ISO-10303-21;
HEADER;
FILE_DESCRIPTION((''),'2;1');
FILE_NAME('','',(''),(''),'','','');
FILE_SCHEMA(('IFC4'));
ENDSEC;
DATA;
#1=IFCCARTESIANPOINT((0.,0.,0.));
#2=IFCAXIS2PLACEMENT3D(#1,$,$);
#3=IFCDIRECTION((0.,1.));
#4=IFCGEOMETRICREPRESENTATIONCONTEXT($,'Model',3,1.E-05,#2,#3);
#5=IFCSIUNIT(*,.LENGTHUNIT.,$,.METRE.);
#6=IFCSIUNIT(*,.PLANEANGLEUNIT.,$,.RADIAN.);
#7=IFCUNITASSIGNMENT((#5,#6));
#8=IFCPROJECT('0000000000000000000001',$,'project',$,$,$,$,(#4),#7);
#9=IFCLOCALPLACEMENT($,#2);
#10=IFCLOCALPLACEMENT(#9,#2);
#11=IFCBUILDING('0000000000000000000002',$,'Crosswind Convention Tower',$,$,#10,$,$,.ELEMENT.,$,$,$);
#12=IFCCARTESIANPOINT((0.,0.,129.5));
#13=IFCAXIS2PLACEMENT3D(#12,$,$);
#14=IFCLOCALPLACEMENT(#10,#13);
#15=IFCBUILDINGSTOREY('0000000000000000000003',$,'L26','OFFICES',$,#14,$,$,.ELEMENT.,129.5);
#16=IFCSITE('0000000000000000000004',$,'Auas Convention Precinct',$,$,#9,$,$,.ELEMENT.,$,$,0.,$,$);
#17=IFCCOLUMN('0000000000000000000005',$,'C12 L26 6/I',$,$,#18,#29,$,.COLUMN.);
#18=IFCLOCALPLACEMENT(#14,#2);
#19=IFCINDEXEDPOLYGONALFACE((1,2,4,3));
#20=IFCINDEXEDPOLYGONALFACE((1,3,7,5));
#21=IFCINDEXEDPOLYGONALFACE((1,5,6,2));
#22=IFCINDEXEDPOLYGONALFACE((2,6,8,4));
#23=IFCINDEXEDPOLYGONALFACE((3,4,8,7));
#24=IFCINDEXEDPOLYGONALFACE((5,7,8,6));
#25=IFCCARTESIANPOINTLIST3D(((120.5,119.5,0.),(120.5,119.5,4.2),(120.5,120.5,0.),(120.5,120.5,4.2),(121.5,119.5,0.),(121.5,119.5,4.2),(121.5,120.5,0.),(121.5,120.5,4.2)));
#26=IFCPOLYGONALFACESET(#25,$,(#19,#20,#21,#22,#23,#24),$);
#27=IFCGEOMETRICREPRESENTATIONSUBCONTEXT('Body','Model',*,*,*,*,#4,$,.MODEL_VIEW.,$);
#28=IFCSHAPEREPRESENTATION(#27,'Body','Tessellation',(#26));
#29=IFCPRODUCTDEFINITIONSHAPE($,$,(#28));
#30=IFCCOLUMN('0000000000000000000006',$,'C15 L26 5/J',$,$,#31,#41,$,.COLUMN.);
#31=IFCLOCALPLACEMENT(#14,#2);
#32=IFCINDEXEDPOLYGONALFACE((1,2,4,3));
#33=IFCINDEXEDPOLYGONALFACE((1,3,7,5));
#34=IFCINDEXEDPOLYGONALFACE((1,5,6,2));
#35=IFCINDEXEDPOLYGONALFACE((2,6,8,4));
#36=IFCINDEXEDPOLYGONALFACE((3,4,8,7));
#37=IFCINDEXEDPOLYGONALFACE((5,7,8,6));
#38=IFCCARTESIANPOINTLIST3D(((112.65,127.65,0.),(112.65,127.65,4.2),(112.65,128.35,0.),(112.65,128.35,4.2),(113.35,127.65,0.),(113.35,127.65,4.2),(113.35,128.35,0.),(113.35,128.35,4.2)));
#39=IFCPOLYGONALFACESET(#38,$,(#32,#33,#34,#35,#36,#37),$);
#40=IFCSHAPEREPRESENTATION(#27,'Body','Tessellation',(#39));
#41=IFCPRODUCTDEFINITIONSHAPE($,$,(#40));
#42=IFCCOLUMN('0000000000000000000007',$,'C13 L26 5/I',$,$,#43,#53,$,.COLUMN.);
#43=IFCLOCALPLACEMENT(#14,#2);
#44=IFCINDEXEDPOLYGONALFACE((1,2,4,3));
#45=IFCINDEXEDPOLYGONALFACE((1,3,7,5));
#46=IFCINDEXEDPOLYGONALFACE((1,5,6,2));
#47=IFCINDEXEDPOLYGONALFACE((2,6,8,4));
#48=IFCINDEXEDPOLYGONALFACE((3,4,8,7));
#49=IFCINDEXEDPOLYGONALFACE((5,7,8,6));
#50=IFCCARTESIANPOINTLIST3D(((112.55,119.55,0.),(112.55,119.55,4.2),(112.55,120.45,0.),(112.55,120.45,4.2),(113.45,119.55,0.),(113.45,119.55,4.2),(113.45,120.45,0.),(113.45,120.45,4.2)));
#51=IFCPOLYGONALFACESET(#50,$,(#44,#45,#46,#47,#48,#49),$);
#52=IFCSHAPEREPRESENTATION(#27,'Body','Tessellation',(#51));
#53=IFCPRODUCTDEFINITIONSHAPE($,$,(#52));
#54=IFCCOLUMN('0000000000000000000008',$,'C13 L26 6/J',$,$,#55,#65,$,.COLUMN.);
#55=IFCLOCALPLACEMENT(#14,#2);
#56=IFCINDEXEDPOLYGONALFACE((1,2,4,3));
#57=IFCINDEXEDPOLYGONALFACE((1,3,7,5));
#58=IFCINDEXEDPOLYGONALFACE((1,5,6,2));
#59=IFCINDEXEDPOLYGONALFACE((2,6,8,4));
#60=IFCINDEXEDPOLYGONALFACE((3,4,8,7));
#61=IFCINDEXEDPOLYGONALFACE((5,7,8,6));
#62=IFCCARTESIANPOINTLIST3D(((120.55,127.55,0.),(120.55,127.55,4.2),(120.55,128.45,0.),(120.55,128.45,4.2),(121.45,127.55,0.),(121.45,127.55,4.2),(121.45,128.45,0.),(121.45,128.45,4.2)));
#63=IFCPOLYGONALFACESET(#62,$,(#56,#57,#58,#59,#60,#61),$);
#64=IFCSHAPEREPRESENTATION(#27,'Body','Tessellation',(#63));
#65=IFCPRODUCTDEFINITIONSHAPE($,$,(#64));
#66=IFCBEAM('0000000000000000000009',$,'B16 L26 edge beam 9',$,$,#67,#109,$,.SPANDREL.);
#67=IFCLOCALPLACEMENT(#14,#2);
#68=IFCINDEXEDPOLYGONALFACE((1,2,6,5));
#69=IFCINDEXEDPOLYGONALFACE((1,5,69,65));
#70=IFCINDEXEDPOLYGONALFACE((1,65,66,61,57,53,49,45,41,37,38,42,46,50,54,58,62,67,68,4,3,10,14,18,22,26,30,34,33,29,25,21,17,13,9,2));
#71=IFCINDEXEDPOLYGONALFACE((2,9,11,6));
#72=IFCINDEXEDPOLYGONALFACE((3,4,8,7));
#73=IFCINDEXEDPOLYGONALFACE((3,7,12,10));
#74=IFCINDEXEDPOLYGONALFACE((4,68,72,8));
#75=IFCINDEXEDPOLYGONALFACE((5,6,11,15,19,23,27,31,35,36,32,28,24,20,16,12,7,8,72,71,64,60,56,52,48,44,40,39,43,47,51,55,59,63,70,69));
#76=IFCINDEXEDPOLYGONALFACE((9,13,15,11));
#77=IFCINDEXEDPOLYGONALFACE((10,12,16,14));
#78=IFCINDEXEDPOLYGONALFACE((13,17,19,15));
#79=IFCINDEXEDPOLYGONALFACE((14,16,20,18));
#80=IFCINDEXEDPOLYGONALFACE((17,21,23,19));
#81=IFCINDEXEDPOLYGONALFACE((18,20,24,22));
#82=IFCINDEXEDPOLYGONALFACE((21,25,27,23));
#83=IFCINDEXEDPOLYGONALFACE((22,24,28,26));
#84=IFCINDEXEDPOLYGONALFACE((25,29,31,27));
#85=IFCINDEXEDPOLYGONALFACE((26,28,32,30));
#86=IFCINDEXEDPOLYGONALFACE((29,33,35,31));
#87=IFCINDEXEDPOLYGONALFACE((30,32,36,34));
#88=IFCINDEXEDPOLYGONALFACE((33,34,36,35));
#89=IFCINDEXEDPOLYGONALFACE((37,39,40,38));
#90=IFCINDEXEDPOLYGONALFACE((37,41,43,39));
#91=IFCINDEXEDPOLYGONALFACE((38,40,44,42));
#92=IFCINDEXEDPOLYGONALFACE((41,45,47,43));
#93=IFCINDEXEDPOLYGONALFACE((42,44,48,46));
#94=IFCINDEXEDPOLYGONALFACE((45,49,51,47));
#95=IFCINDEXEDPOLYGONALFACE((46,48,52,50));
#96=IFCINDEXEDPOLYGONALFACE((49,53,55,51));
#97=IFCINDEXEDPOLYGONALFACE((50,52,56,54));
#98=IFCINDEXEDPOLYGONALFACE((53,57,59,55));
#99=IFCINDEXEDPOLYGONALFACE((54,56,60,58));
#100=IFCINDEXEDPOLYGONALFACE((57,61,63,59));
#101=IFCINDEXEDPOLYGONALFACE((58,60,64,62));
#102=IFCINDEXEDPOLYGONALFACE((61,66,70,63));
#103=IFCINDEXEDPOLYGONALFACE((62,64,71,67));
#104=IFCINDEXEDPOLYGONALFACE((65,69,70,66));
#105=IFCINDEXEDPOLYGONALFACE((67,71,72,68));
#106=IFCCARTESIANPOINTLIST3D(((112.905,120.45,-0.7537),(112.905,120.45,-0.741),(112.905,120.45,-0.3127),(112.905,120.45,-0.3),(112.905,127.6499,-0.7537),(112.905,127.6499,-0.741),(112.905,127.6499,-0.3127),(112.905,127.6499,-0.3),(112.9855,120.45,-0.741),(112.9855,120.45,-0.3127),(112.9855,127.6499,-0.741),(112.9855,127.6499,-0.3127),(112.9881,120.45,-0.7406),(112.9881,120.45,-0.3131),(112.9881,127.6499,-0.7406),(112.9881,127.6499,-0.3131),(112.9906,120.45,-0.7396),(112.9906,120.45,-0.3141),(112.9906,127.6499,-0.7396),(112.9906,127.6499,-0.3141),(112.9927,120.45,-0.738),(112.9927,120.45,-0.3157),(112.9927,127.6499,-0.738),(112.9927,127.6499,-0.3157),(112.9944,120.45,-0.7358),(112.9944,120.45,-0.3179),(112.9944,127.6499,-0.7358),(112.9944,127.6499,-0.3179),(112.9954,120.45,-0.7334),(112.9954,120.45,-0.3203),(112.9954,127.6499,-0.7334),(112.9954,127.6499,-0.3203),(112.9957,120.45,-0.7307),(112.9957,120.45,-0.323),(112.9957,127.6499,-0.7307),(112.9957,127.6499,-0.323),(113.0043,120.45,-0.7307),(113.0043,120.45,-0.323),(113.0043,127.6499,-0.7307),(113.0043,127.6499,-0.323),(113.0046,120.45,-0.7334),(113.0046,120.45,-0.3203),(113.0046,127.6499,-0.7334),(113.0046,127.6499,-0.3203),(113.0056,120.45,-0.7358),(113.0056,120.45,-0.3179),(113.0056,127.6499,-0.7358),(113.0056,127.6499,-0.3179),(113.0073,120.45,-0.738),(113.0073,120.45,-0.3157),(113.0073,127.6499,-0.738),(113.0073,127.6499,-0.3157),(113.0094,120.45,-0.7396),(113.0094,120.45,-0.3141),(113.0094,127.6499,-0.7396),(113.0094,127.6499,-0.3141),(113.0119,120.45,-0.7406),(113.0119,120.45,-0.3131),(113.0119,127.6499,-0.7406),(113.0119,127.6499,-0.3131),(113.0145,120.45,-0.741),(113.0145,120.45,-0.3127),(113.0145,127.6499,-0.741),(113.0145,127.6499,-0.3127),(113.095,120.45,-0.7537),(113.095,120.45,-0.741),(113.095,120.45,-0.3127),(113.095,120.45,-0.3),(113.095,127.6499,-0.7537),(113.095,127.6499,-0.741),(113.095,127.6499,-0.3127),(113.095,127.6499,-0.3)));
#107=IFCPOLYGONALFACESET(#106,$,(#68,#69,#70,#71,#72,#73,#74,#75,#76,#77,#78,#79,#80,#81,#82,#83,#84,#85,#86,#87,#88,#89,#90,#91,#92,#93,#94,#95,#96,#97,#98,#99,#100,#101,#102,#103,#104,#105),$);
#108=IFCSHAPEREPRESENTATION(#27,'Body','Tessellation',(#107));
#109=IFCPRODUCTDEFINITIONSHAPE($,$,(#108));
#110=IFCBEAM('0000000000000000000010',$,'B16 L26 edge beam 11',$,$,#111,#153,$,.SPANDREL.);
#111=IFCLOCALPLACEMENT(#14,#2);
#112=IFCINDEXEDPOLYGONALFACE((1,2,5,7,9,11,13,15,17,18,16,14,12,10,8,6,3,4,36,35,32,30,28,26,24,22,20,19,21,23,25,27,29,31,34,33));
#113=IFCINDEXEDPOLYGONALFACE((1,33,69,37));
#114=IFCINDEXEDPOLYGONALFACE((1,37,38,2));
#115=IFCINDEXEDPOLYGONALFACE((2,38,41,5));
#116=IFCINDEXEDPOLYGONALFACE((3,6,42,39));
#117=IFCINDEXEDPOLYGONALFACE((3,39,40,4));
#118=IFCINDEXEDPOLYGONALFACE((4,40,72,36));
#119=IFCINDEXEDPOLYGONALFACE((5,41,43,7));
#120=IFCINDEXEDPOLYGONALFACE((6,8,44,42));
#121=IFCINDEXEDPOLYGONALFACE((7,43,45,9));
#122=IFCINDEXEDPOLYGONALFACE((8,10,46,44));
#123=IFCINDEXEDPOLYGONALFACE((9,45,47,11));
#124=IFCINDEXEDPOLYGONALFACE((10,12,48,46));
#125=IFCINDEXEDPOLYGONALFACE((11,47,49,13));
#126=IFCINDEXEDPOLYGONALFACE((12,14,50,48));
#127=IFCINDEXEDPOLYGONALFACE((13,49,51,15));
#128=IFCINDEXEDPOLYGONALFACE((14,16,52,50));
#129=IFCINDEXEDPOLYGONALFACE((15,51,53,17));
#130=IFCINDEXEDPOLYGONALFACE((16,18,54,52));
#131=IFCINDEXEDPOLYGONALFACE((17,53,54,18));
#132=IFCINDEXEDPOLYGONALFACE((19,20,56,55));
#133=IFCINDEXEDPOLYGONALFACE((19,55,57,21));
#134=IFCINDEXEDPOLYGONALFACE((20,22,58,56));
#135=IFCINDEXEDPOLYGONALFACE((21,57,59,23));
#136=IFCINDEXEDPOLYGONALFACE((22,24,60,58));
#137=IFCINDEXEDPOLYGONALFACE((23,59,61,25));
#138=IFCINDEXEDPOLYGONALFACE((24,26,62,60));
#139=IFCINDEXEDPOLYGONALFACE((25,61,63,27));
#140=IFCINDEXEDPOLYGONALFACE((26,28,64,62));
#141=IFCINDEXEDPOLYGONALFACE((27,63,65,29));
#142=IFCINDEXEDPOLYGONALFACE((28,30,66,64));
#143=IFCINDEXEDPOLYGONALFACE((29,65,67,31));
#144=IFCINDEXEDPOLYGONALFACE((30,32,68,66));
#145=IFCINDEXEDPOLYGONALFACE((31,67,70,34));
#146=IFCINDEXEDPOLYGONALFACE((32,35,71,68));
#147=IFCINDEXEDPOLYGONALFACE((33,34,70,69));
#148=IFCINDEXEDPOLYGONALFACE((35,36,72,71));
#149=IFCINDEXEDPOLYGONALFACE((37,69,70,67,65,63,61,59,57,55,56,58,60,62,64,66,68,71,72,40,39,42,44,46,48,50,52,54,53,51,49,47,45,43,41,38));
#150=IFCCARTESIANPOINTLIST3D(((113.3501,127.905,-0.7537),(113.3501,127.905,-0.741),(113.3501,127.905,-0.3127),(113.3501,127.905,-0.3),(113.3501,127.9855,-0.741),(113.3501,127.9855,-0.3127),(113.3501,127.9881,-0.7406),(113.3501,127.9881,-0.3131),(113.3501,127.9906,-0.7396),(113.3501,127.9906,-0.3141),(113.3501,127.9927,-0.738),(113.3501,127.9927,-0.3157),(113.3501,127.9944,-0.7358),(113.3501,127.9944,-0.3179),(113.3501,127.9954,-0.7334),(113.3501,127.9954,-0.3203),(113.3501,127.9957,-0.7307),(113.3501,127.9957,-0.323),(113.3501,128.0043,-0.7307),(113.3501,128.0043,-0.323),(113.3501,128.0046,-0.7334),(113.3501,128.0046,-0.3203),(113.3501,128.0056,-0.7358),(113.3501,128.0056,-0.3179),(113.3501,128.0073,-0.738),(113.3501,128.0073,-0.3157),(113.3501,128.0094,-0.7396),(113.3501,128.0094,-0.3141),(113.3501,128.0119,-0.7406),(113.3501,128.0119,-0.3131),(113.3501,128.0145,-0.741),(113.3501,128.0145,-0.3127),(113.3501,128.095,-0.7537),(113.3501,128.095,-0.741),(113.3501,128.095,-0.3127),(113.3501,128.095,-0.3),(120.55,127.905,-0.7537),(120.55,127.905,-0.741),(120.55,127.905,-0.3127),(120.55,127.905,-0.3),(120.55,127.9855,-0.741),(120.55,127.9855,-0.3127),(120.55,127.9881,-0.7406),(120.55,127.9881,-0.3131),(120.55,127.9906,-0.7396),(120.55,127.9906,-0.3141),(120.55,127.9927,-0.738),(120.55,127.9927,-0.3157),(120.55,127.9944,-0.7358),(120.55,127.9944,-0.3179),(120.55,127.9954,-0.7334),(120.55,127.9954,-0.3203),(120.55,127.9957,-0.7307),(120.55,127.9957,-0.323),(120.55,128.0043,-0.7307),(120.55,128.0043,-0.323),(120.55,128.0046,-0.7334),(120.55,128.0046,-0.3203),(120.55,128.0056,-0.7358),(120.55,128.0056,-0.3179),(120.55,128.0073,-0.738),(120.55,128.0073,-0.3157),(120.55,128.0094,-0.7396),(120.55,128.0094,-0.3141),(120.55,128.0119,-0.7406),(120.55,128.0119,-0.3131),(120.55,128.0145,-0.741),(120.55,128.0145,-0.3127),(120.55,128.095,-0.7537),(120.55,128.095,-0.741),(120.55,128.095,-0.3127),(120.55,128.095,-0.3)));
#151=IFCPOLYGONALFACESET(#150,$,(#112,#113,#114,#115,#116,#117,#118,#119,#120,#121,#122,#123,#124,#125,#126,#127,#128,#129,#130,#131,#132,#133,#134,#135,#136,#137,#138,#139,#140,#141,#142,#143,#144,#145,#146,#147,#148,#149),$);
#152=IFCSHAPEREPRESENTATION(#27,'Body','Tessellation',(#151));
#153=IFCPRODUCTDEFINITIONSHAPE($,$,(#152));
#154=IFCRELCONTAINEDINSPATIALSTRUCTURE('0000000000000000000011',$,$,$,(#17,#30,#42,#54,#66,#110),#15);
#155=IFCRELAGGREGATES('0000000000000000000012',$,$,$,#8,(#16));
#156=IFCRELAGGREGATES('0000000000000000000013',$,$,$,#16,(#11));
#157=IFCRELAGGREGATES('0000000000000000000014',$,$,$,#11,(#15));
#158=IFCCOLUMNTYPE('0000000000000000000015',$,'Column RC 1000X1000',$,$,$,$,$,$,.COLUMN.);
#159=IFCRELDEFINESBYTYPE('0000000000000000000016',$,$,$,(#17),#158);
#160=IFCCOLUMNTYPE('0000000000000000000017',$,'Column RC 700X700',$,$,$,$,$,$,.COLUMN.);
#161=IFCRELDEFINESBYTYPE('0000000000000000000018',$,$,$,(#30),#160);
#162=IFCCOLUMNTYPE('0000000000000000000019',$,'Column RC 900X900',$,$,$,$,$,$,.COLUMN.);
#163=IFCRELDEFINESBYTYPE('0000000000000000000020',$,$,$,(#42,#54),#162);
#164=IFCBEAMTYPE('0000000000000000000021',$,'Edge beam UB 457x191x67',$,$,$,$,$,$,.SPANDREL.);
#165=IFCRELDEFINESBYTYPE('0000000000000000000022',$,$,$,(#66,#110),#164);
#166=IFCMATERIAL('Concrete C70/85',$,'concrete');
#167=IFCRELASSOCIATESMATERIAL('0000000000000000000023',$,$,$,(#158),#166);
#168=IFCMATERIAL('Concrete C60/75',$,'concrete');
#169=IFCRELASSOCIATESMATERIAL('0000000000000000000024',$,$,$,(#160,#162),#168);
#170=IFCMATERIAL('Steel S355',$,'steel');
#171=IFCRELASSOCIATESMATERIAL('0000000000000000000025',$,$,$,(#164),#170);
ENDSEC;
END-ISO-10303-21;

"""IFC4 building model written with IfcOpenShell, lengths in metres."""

from ifc_helpers import new_model, si_unit, direction, frame, origin, origin_2d, place, context, subcontext, project, spatial, rectangle, i_section, extrude, material, material_profile, profile_set, type_object, element, save


model = new_model("IFC4")

# Units and contexts
model_context = context("Model", 3, precision=1e-05, world=origin(), true_north=direction((0.0, 1.0)))
body_context = subcontext(model_context, "Body", "Model", "MODEL_VIEW")
ifc_project = project(units=[si_unit("LENGTHUNIT", "METRE"), si_unit("PLANEANGLEUNIT", "RADIAN")], contexts=[model_context])

# Site, building, storey
site_placement = place(None, origin())
site = spatial("IfcSite", under=ifc_project, at=site_placement, Name="Auas Convention Precinct", CompositionType="ELEMENT", RefElevation=0.0)
building_placement = place(site_placement, origin())
building = spatial("IfcBuilding", under=site, at=building_placement, Name="Crosswind Convention Tower", CompositionType="ELEMENT")
storey_placement = place(building_placement, frame((0.0, 0.0, 129.5)))
storey = spatial("IfcBuildingStorey", under=building, at=storey_placement, Name="L26", Description="OFFICES", CompositionType="ELEMENT", Elevation=129.5)

# Columns
ifc_material_1 = material(Name="Concrete C70/85", Category="concrete")
ifc_material_profile_1 = material_profile(ifc_material_1, rectangle(XDim=1.0, YDim=1.0, at=origin_2d()), Name="RC 1000X1000")
ifc_profile_set_1 = profile_set([ifc_material_profile_1], Name="Concrete C70/85")
column_type_1 = type_object("IfcColumnType", Name="Column RC 1000X1000", PredefinedType="COLUMN", material=ifc_profile_set_1)
column_1_placement = place(storey_placement, frame((121.0, 120.0, 0.0), z_axis=(0.0, 0.0, 1.0), x_axis=(1.0, 0.0, 0.0)))
element("IfcColumn", 1, at=column_1_placement, inside=storey, type_object=column_type_1, Name="C12 L26 6/I", PredefinedType="COLUMN", context=body_context, shape_type="SweptSolid", body=[
    extrude(rectangle(XDim=1.0, YDim=1.0, at=origin_2d()), origin(), (0.0, 0.0, 1.0), 4.2),
])
ifc_material_2 = material(Name="Concrete C60/75", Category="concrete")
ifc_material_profile_2 = material_profile(ifc_material_2, rectangle(XDim=0.7, YDim=0.7, at=origin_2d()), Name="RC 700X700")
ifc_profile_set_2 = profile_set([ifc_material_profile_2], Name="Concrete C60/75")
column_type_2 = type_object("IfcColumnType", Name="Column RC 700X700", PredefinedType="COLUMN", material=ifc_profile_set_2)
column_2_placement = place(storey_placement, frame((113.0, 128.0, 0.0), z_axis=(0.0, 0.0, 1.0), x_axis=(1.0, 0.0, 0.0)))
element("IfcColumn", 2, at=column_2_placement, inside=storey, type_object=column_type_2, Name="C15 L26 5/J", PredefinedType="COLUMN", context=body_context, shape_type="SweptSolid", body=[
    extrude(rectangle(XDim=0.7, YDim=0.7, at=origin_2d()), origin(), (0.0, 0.0, 1.0), 4.2),
])
ifc_material_profile_3 = material_profile(ifc_material_2, rectangle(XDim=0.8999, YDim=0.8999, at=origin_2d()), Name="RC 900X900")
ifc_profile_set_3 = profile_set([ifc_material_profile_3], Name="Concrete C60/75")
column_type_3 = type_object("IfcColumnType", Name="Column RC 900X900", PredefinedType="COLUMN", material=ifc_profile_set_3)
for number, where, z_axis, x_axis, name in (
    (3, (113.0, 120.0, 0.0), (0.0, 0.0, 1.0), (1.0, 0.0, 0.0), "C13 L26 5/I"),
    (4, (121.0, 128.0, 0.0), (0.0, 0.0, 1.0), (1.0, 0.0, 0.0), "C13 L26 6/J"),
):
    element("IfcColumn", number, at=place(storey_placement, frame(where, z_axis=z_axis, x_axis=x_axis)), inside=storey, type_object=column_type_3, Name=name, PredefinedType="COLUMN", context=body_context, shape_type="SweptSolid", body=[
        extrude(rectangle(XDim=0.8999, YDim=0.8999, at=origin_2d()), origin(), (0.0, 0.0, 1.0), 4.2),
    ])

# Beams
ifc_material_3 = material(Name="Steel S355", Category="steel")
ifc_material_profile_4 = material_profile(ifc_material_3, i_section(OverallWidth=0.1899, OverallDepth=0.4536, WebThickness=0.0085, FlangeThickness=0.0127, FilletRadius=0.0103, at=origin_2d()), Name="UB 457x191x67")
ifc_profile_set_4 = profile_set([ifc_material_profile_4], Name="Steel S355")
beam_type_1 = type_object("IfcBeamType", Name="Edge beam UB 457x191x67", PredefinedType="SPANDREL", material=ifc_profile_set_4)
for number, where, z_axis, x_axis, name in (
    (5, (113.0, 120.45, -0.5269), (0.0, 1.0, 0.0), (-1.0, 0.0, 0.0), "B16 L26 edge beam 9"),
    (6, (113.3501, 128.0, -0.5269), (1.0, 0.0, 0.0), (0.0, 1.0, 0.0), "B16 L26 edge beam 11"),
):
    element("IfcBeam", number, at=place(storey_placement, frame(where, z_axis=z_axis, x_axis=x_axis)), inside=storey, type_object=beam_type_1, Name=name, PredefinedType="SPANDREL", context=body_context, shape_type="SweptSolid", body=[
        extrude(i_section(OverallWidth=0.1899, OverallDepth=0.4536, WebThickness=0.0085, FlangeThickness=0.0127, FilletRadius=0.0103, at=origin_2d()), origin(), (0.0, 0.0, 1.0), 7.2),
    ])

save(model, "model.ifc")
